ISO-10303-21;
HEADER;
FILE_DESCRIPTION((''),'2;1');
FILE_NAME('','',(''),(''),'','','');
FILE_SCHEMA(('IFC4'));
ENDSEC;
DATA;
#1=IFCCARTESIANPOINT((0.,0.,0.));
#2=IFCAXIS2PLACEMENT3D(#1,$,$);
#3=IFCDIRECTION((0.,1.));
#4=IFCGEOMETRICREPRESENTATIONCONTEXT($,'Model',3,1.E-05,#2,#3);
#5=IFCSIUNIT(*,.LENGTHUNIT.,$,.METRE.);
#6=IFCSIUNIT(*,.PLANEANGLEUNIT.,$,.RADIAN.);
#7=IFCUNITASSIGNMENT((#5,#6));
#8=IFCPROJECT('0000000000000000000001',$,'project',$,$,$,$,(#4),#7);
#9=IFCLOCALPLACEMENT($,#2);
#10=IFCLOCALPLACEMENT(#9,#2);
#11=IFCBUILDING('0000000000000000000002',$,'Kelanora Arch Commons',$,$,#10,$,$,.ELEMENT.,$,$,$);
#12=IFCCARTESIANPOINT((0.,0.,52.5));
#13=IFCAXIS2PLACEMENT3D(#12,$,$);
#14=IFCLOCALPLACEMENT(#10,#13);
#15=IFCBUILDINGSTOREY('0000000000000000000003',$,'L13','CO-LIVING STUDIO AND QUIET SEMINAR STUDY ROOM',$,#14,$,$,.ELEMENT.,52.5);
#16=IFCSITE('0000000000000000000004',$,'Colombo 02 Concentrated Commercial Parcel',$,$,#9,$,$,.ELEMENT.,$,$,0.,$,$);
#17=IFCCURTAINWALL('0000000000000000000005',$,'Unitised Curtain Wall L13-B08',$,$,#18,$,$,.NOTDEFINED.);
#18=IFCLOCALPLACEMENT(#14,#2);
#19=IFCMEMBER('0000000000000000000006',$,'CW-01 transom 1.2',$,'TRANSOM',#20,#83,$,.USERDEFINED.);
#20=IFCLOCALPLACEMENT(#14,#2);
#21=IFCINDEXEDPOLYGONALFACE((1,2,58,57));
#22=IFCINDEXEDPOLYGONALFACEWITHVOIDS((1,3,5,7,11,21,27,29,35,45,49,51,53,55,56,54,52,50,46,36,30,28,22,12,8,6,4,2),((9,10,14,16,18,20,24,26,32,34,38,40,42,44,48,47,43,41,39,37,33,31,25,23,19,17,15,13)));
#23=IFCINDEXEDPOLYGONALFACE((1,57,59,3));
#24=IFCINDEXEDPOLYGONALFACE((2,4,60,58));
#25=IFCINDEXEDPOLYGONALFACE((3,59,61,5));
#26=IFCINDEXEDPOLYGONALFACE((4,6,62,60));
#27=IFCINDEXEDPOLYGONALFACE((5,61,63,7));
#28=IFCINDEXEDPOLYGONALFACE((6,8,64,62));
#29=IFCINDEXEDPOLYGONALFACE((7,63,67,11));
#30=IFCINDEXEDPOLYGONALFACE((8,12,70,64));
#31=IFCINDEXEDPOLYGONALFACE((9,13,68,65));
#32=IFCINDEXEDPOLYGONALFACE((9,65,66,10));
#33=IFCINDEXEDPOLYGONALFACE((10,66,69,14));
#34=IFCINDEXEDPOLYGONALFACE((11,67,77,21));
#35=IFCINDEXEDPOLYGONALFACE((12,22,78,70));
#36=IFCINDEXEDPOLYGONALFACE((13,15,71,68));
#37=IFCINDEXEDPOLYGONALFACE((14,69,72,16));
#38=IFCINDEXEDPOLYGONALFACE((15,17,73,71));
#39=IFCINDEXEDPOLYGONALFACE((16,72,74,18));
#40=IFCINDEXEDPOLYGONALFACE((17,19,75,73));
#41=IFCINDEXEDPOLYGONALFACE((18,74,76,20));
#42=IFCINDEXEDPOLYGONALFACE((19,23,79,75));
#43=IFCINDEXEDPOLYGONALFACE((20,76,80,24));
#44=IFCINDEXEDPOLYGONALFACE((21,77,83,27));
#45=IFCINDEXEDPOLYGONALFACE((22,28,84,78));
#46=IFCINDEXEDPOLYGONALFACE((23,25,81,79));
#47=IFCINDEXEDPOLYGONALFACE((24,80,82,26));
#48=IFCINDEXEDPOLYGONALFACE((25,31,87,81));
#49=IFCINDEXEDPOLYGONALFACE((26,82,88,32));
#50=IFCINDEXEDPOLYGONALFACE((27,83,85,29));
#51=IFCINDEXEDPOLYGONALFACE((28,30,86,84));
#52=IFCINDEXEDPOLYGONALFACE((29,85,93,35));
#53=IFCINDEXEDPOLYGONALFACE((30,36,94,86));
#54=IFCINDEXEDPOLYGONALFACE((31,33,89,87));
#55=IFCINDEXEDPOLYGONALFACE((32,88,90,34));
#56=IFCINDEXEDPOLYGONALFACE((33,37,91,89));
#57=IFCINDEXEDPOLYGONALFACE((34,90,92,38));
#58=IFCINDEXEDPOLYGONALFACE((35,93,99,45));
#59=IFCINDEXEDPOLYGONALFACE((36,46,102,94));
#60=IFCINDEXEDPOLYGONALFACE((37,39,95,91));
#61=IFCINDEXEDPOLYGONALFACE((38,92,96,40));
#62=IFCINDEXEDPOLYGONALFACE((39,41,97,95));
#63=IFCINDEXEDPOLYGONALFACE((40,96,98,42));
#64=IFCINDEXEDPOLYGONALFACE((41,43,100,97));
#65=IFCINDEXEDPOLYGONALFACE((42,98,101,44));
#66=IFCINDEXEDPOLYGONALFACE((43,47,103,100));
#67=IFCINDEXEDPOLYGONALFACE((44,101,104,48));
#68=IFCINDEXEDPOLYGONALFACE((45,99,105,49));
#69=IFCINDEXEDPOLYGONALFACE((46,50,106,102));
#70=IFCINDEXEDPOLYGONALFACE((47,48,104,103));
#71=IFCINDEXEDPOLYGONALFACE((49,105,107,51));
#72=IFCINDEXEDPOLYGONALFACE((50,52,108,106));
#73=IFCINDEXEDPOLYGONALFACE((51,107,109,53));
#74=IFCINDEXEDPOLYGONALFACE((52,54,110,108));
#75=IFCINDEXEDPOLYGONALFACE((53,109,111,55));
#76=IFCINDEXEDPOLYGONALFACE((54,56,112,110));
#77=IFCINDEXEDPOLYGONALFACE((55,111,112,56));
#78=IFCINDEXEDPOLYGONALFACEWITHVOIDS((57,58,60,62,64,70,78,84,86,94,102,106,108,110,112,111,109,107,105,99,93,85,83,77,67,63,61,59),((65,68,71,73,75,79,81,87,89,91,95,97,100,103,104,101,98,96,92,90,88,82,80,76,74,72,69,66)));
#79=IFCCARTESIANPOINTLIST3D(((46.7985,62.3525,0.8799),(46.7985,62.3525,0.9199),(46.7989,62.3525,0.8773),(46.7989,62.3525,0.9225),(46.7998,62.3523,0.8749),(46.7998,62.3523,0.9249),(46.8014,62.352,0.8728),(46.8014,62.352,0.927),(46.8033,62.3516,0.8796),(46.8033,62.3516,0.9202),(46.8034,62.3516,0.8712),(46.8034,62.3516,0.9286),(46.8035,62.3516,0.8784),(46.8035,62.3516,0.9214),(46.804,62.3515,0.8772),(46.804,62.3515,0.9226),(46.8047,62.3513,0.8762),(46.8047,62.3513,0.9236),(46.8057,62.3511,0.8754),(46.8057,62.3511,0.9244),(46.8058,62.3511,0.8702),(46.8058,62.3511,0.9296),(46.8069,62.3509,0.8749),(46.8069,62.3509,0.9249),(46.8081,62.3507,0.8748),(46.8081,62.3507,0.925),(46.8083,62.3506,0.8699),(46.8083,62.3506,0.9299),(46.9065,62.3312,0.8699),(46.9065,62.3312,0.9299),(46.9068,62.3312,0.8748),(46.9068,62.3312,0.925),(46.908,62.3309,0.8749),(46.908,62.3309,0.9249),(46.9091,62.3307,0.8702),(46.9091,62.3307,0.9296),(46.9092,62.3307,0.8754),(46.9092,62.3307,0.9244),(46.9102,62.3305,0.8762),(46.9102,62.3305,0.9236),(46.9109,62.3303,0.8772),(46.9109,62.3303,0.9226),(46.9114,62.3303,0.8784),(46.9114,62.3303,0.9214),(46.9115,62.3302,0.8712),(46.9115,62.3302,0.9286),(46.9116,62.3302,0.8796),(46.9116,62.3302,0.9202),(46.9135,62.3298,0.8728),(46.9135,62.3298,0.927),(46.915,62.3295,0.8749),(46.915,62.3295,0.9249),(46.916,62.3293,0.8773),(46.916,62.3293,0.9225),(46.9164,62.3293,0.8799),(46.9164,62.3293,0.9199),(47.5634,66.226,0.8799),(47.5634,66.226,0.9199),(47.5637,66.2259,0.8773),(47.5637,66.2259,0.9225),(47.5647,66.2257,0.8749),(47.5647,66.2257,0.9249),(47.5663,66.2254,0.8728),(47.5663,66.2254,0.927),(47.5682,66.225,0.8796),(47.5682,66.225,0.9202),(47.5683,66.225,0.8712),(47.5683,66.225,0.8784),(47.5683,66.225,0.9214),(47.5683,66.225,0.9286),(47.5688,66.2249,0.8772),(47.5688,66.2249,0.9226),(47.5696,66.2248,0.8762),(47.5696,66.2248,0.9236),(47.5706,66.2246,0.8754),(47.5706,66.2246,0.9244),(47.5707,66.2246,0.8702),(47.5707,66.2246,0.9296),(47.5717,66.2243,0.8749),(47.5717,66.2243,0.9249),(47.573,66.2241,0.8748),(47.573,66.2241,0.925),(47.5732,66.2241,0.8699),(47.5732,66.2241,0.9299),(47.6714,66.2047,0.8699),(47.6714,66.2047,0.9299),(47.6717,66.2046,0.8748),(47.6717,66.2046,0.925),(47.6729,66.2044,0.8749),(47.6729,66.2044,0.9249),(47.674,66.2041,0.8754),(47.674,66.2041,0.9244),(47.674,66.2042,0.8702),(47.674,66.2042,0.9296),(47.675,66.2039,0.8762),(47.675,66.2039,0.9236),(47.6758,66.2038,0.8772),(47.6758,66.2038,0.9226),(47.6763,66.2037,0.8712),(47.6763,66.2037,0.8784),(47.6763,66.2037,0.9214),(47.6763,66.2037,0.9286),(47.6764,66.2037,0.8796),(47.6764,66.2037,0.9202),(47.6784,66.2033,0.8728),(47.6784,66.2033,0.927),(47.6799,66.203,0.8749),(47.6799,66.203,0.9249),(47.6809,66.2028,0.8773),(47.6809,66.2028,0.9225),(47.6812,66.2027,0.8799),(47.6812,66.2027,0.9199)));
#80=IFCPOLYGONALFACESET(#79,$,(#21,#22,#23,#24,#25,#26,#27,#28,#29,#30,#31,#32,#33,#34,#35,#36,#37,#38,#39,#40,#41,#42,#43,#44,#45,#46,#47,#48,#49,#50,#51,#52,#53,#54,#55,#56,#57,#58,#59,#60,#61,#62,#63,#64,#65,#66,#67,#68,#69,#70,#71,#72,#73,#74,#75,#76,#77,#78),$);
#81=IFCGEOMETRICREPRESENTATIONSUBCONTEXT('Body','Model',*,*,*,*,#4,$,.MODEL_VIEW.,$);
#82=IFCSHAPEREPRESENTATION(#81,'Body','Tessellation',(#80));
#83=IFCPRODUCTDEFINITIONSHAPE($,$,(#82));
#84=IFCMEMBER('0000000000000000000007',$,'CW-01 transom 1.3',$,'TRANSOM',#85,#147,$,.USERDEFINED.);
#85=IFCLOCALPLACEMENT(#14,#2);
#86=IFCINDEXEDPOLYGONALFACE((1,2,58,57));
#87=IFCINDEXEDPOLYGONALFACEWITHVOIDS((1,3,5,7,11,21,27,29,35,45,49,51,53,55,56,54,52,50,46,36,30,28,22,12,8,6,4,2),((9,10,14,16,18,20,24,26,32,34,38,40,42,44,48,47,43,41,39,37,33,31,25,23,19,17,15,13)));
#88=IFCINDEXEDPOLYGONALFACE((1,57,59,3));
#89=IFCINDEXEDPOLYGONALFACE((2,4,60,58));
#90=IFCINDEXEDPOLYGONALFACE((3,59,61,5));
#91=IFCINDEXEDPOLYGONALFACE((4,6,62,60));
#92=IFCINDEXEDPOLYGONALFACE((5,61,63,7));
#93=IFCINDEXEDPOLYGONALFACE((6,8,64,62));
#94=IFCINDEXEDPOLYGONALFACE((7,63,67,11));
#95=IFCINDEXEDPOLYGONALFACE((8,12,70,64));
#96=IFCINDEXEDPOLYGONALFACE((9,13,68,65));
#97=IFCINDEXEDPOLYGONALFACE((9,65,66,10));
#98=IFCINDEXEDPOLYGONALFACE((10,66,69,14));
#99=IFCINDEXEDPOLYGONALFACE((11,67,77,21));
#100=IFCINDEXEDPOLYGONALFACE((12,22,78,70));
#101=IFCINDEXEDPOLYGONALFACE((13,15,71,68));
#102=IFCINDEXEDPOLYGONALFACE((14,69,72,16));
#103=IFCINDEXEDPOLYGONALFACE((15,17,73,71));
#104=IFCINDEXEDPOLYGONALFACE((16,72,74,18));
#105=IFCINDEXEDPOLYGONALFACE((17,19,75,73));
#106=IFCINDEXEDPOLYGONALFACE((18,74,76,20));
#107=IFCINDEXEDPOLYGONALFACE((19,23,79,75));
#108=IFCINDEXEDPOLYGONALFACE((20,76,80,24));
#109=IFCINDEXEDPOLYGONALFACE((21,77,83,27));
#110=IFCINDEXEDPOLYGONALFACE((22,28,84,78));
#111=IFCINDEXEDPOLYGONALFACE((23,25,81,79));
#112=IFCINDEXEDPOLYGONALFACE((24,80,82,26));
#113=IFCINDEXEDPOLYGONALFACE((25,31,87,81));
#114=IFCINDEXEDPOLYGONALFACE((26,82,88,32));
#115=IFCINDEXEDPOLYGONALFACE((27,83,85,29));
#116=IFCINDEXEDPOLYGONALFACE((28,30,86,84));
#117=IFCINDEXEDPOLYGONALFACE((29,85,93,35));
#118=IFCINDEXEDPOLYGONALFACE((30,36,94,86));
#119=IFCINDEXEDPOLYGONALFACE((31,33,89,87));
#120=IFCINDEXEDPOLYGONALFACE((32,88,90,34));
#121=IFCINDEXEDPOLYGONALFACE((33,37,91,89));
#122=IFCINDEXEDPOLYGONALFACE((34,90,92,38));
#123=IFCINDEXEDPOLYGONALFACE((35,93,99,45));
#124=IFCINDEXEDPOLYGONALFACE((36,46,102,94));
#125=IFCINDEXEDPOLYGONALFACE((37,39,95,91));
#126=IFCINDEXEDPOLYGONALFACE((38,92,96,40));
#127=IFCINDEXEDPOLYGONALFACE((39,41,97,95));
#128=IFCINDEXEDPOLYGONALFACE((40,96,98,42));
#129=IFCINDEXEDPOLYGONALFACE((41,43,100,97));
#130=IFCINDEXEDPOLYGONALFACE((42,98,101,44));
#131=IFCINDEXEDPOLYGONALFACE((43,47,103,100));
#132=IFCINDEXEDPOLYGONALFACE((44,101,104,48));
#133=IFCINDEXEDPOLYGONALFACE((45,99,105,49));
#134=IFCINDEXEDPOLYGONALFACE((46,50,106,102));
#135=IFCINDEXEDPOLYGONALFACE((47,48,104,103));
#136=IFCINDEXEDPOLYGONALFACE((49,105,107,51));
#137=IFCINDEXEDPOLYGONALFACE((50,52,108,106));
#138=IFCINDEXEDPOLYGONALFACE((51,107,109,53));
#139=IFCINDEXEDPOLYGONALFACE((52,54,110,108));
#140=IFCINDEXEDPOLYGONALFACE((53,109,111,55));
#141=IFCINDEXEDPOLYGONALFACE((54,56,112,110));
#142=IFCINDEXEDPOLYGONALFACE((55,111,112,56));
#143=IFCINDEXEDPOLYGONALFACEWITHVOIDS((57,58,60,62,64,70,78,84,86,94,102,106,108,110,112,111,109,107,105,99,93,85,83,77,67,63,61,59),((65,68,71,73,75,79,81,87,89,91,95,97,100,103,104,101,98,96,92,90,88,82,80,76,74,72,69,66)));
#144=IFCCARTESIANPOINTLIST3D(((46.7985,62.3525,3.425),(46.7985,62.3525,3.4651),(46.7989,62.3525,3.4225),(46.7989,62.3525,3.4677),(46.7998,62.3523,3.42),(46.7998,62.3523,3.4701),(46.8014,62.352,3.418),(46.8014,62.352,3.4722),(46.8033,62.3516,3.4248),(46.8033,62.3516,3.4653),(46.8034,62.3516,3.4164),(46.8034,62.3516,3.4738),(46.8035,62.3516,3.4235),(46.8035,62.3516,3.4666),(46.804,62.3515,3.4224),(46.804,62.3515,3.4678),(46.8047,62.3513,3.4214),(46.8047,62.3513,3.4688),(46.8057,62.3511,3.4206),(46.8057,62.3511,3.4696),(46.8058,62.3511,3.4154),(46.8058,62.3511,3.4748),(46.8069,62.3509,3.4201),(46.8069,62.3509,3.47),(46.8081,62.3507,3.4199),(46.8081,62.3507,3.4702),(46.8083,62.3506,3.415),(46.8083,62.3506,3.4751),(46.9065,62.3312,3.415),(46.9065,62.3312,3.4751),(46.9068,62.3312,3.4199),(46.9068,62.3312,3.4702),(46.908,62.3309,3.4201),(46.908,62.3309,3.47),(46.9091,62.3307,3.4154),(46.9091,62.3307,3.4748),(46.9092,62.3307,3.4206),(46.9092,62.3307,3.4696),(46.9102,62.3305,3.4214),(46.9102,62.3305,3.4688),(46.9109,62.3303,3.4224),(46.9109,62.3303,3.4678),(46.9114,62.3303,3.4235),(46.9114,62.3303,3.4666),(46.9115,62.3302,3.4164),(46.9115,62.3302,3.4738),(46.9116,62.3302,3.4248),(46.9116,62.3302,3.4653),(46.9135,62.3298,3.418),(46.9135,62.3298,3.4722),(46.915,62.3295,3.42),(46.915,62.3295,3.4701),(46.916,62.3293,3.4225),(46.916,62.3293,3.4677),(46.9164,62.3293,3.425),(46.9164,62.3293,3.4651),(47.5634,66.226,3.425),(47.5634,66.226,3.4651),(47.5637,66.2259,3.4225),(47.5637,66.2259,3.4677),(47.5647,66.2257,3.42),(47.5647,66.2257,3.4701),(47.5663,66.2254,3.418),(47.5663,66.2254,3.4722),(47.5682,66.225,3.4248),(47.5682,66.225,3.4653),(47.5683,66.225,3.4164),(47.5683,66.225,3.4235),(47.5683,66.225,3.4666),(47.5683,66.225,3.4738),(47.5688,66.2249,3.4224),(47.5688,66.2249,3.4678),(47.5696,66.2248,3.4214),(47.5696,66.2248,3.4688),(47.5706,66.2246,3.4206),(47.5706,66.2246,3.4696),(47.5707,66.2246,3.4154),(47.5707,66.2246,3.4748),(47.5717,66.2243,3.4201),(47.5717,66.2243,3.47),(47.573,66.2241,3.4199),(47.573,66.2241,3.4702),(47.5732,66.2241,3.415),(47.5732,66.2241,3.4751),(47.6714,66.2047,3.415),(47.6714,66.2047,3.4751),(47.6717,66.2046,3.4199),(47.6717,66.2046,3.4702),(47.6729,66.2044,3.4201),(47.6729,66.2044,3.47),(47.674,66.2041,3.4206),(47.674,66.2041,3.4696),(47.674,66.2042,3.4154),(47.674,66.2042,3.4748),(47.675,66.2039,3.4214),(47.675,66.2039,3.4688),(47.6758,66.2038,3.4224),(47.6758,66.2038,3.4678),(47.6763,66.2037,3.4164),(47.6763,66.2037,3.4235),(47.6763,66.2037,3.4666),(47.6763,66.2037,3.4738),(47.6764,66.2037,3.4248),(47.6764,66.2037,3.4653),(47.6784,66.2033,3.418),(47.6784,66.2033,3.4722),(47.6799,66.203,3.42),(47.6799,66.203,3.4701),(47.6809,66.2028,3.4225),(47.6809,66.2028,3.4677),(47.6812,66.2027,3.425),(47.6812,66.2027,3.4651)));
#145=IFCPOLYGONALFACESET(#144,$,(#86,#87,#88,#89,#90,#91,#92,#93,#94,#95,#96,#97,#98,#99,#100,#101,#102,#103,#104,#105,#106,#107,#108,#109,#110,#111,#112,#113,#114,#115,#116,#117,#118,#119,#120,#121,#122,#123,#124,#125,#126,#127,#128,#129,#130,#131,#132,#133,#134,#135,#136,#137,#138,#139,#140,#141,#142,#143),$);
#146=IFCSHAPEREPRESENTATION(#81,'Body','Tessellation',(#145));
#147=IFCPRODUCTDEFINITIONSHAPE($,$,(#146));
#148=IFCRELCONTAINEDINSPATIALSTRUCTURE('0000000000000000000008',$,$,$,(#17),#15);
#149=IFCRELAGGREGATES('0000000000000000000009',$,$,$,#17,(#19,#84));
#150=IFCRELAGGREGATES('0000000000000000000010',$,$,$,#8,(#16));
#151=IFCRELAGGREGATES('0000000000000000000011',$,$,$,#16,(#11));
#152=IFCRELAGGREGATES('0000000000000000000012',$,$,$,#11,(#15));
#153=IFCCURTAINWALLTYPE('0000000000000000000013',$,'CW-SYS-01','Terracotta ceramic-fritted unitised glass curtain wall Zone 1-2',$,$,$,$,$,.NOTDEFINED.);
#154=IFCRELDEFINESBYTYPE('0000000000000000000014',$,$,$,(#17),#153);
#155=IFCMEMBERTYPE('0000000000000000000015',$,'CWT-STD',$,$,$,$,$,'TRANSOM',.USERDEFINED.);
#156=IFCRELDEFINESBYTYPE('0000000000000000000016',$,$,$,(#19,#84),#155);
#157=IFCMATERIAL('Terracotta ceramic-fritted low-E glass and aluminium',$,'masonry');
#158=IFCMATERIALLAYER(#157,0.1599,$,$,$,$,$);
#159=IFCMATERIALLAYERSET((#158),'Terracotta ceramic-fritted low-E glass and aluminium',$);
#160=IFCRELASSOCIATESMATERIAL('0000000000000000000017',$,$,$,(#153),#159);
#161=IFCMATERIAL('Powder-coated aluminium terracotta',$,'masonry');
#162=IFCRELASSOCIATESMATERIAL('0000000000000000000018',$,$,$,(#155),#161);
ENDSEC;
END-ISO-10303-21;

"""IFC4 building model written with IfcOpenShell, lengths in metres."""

from ifc_helpers import new_model, si_unit, direction, frame, origin, origin_2d, place, context, subcontext, project, spatial, hollow_rectangle, extrude, material, layer, layer_set, material_profile, profile_set, type_object, element, aggregate, save


model = new_model("IFC4")

# Units and contexts
model_context = context("Model", 3, precision=1e-05, world=origin(), true_north=direction((0.0, 1.0)))
body_context = subcontext(model_context, "Body", "Model", "MODEL_VIEW")
ifc_project = project(units=[si_unit("LENGTHUNIT", "METRE"), si_unit("PLANEANGLEUNIT", "RADIAN")], contexts=[model_context])

# Site, building, storey
site_placement = place(None, origin())
site = spatial("IfcSite", under=ifc_project, at=site_placement, Name="Colombo 02 Concentrated Commercial Parcel", CompositionType="ELEMENT", RefElevation=0.0)
building_placement = place(site_placement, origin())
building = spatial("IfcBuilding", under=site, at=building_placement, Name="Kelanora Arch Commons", CompositionType="ELEMENT")
storey_placement = place(building_placement, frame((0.0, 0.0, 52.5)))
storey = spatial("IfcBuildingStorey", under=building, at=storey_placement, Name="L13", Description="CO-LIVING STUDIO AND QUIET SEMINAR STUDY ROOM", CompositionType="ELEMENT", Elevation=52.5)

# Curtain wall, members
ifc_material_1 = material(Name="Terracotta ceramic-fritted low-E glass and aluminium", Category="masonry")
ifc_layer_1 = layer(ifc_material_1, 0.1599)
ifc_layer_set_1 = layer_set([ifc_layer_1], Name="Terracotta ceramic-fritted low-E glass and aluminium")
curtain_wall_type = type_object("IfcCurtainWallType", Name="CW-SYS-01", Description="Terracotta ceramic-fritted unitised glass curtain wall Zone 1-2", PredefinedType="NOTDEFINED", material=ifc_layer_set_1)
curtain_wall_placement = place(storey_placement, origin())
curtain_wall = element("IfcCurtainWall", 1, at=curtain_wall_placement, inside=storey, type_object=curtain_wall_type, Name="Unitised Curtain Wall L13-B08", PredefinedType="NOTDEFINED")
ifc_material_2 = material(Name="Powder-coated aluminium terracotta", Category="masonry")
ifc_material_profile_1 = material_profile(ifc_material_2, hollow_rectangle(XDim=0.1201, YDim=0.0601, WallThickness=0.0049, InnerFilletRadius=0.0049, OuterFilletRadius=0.01, at=origin_2d()), Name="CWT120x60")
ifc_profile_set_1 = profile_set([ifc_material_profile_1], Name="Powder-coated aluminium terracotta")
member_type_1 = type_object("IfcMemberType", Name="CWT-STD", ElementType="TRANSOM", PredefinedType="USERDEFINED", material=ifc_profile_set_1)
member_1_placement = place(storey_placement, frame((47.6223, 66.2144, 0.8999), z_axis=(-0.193725, -0.981056, 0.0), x_axis=(0.981056, -0.193725, 0.0)))
member_1 = element("IfcMember", 2, at=member_1_placement, type_object=member_type_1, Name="CW-01 transom 1.2", ObjectType="TRANSOM", PredefinedType="USERDEFINED", context=body_context, shape_type="SweptSolid", body=[
    extrude(hollow_rectangle(XDim=0.1201, YDim=0.0601, WallThickness=0.0049, InnerFilletRadius=0.0049, OuterFilletRadius=0.01, at=origin_2d()), origin(), (0.0, 0.0, 1.0), 3.9482),
])
member_2_placement = place(storey_placement, frame((47.6223, 66.2144, 3.4451), z_axis=(-0.193725, -0.981056, 0.0), x_axis=(0.981056, -0.193725, 0.0)))
member_2 = element("IfcMember", 3, at=member_2_placement, type_object=member_type_1, Name="CW-01 transom 1.3", ObjectType="TRANSOM", PredefinedType="USERDEFINED", context=body_context, shape_type="SweptSolid", body=[
    extrude(hollow_rectangle(XDim=0.1201, YDim=0.0601, WallThickness=0.0049, InnerFilletRadius=0.0049, OuterFilletRadius=0.01, at=origin_2d()), origin(), (0.0, 0.0, 1.0), 3.9482),
])
aggregate(curtain_wall, [member_1, member_2])

save(model, "model.ifc")
